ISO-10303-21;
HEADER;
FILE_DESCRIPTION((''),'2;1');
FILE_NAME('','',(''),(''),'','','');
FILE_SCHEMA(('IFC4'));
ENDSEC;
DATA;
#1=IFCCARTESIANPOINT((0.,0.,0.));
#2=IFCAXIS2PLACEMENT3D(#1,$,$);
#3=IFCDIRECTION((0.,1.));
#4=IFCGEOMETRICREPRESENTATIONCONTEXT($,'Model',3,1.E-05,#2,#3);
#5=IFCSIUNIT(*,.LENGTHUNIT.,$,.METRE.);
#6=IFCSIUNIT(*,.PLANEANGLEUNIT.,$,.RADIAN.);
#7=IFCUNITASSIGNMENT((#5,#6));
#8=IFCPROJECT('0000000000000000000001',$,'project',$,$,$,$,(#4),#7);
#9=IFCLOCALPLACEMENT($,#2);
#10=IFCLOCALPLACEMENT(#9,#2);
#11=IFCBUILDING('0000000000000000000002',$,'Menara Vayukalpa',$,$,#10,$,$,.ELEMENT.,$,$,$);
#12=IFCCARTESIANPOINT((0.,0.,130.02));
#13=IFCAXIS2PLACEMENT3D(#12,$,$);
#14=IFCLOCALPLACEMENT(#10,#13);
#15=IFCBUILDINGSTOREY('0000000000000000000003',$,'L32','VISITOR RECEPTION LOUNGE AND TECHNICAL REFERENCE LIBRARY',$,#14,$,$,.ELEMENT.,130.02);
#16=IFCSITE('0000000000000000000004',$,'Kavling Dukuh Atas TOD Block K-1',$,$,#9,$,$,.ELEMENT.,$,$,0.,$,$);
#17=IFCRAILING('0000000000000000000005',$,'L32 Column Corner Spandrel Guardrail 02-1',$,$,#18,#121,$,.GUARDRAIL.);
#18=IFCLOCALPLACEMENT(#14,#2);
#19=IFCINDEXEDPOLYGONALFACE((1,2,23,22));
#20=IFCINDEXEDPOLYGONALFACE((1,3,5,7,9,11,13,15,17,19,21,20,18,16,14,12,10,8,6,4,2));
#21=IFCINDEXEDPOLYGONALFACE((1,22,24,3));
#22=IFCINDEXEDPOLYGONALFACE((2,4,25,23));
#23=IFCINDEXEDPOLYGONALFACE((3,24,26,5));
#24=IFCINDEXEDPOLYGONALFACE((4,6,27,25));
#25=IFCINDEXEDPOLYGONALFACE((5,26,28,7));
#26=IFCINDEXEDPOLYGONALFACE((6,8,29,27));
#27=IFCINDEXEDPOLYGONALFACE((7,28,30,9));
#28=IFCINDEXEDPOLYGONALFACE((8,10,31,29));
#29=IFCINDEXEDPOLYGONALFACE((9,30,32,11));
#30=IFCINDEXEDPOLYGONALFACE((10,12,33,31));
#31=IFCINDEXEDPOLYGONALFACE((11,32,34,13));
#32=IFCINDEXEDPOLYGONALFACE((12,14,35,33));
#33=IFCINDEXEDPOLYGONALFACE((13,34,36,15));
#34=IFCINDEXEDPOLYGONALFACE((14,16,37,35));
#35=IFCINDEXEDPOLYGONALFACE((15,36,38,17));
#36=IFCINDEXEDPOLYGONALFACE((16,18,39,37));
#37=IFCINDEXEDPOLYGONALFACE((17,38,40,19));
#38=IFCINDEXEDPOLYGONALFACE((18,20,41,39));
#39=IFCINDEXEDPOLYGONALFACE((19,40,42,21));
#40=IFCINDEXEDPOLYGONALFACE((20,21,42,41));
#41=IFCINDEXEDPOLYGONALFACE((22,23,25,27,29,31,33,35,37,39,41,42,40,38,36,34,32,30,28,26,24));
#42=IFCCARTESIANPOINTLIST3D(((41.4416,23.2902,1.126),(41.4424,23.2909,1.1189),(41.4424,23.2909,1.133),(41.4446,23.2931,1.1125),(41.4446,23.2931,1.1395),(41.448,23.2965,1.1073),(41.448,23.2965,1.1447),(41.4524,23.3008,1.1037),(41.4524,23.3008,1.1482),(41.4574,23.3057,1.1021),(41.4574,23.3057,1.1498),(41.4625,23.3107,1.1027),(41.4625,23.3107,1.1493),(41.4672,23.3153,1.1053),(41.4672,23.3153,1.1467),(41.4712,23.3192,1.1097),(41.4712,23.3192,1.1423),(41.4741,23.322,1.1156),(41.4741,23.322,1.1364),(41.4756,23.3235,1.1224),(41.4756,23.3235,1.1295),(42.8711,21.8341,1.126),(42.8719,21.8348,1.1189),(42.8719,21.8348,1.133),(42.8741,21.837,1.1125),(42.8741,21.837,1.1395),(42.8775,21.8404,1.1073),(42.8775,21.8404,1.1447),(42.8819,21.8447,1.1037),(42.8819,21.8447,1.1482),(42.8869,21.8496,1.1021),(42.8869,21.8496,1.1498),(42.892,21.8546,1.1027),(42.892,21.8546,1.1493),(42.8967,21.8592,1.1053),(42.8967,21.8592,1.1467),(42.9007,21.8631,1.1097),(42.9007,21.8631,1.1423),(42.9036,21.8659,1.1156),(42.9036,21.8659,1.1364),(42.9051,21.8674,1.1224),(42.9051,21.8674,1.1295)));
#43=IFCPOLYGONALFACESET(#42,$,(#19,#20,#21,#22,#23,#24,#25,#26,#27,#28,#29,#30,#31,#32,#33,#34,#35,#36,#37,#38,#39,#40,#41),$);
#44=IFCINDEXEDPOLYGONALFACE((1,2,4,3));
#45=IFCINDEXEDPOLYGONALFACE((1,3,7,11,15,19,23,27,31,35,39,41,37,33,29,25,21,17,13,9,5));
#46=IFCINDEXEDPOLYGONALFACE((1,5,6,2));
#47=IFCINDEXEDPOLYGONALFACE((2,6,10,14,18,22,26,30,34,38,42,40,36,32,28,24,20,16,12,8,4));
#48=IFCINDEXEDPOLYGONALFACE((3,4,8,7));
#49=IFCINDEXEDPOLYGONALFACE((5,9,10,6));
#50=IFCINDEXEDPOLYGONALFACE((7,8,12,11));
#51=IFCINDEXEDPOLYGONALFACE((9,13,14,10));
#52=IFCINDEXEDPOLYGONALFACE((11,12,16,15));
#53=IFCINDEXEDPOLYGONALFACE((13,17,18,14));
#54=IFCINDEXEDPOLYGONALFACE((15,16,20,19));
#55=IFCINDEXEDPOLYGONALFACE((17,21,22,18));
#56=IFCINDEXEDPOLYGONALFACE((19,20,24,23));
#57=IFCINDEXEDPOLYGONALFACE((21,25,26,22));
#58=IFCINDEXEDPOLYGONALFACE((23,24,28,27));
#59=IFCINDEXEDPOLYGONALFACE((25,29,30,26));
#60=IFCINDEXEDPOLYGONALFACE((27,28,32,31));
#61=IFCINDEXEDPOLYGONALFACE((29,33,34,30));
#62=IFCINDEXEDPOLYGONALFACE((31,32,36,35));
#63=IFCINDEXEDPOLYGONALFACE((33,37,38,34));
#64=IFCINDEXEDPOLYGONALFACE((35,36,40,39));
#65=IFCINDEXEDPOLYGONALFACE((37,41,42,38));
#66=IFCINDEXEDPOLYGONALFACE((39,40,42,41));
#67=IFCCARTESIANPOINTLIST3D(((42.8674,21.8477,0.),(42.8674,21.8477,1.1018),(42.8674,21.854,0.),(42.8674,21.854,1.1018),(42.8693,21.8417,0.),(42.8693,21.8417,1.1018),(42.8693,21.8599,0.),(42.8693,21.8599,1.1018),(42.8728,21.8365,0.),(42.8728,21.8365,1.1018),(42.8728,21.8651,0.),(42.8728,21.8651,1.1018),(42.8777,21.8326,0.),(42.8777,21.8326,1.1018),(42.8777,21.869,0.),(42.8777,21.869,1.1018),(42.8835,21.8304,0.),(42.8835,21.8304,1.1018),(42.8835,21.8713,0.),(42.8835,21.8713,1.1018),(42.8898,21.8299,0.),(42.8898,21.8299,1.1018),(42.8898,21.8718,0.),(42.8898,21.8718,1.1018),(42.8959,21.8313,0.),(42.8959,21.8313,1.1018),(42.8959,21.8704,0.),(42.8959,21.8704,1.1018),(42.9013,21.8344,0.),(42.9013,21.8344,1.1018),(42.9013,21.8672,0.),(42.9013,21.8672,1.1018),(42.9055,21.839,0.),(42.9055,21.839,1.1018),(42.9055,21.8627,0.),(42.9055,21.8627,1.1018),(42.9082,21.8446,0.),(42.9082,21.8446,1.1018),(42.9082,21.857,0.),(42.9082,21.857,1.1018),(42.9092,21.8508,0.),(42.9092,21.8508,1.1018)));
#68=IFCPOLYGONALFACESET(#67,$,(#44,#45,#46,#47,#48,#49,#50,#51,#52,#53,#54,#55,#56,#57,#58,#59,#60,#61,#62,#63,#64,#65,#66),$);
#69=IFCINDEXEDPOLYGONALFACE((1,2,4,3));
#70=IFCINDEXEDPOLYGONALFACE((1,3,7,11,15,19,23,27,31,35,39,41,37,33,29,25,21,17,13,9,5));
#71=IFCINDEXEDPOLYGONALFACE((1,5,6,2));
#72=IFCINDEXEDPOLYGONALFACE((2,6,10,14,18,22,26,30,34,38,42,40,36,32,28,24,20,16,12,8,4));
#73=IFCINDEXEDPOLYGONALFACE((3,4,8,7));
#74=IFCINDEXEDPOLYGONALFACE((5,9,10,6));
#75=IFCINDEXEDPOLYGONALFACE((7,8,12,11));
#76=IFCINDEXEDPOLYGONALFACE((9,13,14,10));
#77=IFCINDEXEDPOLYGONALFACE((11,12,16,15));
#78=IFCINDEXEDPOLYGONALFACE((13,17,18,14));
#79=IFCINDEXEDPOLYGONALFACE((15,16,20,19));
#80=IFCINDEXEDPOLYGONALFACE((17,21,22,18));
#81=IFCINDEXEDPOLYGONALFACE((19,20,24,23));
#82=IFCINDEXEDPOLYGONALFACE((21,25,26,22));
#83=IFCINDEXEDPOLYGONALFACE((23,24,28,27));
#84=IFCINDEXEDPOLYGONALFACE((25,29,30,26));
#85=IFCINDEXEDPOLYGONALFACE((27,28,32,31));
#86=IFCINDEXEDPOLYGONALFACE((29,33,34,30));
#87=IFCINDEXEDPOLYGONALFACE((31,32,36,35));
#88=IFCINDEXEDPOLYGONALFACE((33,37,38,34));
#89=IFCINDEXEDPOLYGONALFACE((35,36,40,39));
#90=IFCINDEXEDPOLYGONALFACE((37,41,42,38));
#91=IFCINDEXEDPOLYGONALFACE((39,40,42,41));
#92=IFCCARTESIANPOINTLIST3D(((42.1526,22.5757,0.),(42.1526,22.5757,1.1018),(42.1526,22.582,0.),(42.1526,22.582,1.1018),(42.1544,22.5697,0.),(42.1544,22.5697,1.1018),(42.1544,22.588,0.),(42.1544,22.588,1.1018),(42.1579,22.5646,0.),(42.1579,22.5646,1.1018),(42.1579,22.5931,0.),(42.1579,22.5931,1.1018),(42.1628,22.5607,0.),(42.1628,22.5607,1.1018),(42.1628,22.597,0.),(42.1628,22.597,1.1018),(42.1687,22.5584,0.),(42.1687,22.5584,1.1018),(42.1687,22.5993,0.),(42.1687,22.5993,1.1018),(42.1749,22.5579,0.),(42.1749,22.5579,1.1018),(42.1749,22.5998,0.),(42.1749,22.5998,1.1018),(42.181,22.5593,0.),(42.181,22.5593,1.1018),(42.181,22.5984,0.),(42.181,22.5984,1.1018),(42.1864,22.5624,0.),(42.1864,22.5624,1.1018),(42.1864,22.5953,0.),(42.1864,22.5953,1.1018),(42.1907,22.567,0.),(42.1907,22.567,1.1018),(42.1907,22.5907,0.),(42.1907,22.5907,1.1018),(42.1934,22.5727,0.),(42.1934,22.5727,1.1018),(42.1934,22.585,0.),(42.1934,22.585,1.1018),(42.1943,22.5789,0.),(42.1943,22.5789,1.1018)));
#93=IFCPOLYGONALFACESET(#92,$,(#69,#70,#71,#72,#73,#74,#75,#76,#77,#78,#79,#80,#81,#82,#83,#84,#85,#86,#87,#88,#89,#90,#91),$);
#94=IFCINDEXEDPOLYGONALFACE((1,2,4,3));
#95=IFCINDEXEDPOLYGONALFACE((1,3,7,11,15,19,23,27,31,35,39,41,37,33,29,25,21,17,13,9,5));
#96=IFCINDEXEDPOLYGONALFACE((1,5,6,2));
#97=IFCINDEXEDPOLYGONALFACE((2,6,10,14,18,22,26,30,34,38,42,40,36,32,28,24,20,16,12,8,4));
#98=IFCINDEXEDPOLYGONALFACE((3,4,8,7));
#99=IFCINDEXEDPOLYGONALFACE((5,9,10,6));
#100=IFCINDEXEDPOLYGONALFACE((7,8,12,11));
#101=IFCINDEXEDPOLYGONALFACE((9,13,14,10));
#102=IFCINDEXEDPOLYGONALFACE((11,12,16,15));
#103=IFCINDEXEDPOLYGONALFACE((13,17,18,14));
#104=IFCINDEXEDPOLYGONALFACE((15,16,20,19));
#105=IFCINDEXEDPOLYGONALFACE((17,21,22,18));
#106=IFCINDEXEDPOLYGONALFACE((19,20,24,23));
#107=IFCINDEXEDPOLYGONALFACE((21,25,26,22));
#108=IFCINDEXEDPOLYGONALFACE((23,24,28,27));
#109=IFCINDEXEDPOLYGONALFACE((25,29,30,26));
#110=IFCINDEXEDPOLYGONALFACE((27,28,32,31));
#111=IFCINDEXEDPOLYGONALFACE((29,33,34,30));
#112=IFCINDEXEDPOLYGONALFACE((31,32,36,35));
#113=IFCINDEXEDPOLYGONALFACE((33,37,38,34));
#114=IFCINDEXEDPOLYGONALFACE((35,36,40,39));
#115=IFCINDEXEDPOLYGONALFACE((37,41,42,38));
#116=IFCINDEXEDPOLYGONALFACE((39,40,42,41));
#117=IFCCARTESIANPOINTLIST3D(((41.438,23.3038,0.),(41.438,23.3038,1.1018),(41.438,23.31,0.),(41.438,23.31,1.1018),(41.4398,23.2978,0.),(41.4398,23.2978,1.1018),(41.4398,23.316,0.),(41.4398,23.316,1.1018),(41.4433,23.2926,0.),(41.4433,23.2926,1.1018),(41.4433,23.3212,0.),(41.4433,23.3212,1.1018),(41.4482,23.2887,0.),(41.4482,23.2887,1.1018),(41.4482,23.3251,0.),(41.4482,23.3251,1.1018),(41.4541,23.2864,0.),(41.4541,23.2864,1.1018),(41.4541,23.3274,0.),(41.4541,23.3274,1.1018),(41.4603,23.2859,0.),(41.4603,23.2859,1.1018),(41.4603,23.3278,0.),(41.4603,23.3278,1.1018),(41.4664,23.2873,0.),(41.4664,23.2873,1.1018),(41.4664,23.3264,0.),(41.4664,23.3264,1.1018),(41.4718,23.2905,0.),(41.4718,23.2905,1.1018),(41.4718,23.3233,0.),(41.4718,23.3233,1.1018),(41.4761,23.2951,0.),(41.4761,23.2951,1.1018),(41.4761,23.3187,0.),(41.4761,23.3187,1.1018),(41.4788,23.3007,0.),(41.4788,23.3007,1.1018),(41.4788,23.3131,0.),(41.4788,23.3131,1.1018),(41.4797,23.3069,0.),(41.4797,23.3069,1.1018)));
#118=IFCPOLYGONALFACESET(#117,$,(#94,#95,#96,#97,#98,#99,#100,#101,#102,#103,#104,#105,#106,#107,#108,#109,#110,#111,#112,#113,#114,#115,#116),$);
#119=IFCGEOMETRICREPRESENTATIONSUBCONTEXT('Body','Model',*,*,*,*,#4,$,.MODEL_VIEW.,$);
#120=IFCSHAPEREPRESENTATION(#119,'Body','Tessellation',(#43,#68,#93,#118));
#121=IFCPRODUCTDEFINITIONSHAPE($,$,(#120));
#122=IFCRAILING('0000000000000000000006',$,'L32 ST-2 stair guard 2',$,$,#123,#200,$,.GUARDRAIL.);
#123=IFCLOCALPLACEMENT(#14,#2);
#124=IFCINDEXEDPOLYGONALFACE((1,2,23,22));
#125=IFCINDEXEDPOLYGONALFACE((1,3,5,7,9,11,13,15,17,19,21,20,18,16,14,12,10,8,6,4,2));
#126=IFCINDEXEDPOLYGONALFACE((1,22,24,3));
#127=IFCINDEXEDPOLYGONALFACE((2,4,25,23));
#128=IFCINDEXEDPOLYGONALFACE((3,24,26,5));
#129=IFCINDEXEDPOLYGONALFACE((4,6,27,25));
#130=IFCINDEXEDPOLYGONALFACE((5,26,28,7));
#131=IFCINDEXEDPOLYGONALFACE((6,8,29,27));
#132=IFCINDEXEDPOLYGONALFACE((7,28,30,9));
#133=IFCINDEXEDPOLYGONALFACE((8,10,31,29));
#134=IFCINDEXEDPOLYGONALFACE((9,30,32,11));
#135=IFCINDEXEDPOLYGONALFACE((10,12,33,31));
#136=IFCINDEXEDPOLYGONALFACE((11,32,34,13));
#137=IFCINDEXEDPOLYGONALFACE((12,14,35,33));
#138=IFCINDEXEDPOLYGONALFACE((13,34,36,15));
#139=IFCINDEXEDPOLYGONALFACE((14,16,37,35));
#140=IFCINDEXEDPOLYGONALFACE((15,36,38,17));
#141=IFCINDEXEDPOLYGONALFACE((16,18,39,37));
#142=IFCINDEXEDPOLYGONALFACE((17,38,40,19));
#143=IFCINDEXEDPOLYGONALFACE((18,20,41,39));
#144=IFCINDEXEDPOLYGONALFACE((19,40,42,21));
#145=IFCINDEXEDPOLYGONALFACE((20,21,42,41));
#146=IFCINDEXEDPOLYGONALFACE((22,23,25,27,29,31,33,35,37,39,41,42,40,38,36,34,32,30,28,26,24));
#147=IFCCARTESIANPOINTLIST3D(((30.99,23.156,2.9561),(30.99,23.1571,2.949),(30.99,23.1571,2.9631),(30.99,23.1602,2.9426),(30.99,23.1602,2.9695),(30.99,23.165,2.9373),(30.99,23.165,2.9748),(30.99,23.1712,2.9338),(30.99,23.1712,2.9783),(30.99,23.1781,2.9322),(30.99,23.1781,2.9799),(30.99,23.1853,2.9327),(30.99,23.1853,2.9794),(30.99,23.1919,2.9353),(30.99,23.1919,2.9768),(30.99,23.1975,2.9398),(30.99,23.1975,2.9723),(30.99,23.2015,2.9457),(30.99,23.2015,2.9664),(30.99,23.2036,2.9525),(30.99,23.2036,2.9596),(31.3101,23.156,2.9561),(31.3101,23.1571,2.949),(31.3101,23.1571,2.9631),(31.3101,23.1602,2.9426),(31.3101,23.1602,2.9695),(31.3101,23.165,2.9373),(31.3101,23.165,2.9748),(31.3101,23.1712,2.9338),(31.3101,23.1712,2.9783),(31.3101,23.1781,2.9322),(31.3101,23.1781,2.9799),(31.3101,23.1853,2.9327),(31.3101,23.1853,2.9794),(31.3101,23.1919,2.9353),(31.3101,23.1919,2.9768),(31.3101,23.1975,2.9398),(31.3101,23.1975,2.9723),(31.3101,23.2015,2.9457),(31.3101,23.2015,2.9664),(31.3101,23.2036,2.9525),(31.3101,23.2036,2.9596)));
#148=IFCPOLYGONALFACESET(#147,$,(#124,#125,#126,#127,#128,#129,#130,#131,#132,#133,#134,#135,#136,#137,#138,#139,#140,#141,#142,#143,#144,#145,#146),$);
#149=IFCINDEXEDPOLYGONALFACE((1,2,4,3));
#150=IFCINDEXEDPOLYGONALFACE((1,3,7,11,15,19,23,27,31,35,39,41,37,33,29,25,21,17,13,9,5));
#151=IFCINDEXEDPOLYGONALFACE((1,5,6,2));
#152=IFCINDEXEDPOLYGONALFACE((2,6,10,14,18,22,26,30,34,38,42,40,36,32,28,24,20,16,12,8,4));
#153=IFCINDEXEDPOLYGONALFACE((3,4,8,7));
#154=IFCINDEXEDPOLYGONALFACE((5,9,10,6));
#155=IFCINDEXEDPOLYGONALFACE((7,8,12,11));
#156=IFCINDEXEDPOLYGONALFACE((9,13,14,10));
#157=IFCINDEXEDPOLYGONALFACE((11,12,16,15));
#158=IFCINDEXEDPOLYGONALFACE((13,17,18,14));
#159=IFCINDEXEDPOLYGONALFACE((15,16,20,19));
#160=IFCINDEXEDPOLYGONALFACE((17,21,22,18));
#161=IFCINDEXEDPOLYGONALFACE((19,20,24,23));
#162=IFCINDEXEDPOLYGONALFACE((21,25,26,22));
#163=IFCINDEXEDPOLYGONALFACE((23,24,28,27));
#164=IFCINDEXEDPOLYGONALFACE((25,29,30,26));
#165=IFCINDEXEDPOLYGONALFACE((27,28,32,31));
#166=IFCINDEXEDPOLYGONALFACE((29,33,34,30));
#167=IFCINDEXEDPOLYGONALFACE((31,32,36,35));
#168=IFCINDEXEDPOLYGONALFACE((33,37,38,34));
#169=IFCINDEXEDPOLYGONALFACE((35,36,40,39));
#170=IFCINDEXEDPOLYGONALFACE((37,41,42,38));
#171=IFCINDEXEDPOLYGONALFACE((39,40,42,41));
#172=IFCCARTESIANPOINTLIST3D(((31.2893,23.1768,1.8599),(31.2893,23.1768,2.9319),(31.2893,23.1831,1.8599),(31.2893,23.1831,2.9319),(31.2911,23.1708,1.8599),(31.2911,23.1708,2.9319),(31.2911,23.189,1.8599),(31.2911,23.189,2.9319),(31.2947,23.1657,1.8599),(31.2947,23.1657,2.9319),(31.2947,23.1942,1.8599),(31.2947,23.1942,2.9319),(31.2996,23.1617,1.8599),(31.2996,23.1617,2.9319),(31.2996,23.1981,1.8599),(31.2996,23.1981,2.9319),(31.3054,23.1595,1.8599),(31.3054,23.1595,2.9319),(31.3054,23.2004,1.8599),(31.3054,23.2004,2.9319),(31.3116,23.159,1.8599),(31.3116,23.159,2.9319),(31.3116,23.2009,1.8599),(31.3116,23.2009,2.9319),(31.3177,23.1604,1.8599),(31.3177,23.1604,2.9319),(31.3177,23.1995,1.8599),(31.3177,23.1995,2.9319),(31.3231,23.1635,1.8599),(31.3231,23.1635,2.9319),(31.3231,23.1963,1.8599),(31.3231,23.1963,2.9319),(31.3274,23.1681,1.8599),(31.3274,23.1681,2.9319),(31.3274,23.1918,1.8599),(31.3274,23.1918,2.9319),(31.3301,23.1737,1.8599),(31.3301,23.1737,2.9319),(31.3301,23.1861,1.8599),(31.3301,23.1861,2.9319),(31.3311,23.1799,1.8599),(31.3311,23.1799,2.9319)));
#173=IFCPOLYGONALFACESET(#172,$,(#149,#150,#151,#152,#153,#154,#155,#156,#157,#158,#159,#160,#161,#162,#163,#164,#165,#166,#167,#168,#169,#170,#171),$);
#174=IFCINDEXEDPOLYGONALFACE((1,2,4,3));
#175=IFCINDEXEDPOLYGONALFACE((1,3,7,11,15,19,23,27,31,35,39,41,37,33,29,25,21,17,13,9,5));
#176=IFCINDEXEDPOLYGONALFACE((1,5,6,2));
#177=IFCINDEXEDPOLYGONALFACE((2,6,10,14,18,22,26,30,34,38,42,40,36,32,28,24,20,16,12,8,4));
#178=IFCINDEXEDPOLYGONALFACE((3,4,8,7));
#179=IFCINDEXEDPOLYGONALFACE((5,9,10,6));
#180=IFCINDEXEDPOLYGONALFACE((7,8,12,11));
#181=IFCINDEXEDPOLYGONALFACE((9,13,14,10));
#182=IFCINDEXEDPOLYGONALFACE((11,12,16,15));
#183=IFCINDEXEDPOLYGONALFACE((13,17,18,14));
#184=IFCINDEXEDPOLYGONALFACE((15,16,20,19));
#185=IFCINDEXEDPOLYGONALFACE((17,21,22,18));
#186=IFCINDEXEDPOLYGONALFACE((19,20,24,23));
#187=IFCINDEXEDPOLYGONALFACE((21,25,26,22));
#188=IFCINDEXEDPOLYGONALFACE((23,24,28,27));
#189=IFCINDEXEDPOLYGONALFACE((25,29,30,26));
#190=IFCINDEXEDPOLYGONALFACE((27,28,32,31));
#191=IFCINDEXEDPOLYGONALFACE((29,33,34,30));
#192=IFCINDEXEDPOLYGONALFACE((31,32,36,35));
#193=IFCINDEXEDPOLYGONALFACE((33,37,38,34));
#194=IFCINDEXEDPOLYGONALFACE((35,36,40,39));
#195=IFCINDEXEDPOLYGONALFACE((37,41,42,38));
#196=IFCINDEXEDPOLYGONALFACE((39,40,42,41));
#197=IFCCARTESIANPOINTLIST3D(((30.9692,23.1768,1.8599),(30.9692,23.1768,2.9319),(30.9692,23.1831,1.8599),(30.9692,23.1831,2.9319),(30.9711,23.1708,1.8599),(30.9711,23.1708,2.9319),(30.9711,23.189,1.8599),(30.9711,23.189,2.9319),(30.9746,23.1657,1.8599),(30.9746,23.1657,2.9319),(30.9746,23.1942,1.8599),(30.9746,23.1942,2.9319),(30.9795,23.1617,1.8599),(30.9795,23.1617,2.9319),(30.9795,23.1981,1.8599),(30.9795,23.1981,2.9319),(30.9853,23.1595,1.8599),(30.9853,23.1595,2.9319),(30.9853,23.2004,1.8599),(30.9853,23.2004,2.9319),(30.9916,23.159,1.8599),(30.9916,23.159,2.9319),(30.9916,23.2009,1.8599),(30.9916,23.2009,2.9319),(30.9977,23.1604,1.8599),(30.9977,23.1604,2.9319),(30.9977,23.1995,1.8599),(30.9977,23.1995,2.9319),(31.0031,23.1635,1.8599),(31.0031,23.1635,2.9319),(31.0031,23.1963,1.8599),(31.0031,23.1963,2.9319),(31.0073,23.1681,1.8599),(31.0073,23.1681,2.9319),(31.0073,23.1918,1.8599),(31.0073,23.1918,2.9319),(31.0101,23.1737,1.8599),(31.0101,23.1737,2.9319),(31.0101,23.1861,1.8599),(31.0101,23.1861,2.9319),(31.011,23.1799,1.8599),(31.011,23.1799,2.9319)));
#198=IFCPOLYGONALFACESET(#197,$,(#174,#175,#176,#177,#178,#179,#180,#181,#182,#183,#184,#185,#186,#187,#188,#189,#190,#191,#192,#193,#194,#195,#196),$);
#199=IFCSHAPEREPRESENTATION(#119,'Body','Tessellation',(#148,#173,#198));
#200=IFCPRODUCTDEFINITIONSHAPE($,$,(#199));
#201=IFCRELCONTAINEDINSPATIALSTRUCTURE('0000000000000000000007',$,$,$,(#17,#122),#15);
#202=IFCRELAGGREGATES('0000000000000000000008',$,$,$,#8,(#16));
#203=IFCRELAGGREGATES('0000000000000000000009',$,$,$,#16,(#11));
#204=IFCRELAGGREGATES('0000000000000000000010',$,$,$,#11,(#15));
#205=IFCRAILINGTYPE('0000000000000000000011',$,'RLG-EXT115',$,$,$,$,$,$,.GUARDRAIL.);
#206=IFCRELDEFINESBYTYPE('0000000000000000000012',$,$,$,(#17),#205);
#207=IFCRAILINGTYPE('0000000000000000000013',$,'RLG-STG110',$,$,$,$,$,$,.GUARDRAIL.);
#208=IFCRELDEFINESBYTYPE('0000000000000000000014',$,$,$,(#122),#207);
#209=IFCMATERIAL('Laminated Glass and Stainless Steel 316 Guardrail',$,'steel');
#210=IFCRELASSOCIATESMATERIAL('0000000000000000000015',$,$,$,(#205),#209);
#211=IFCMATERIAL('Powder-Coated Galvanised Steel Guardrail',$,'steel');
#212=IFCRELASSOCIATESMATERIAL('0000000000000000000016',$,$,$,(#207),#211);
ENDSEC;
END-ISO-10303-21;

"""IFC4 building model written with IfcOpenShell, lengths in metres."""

from ifc_helpers import new_model, si_unit, direction, frame, origin, origin_2d, place, context, subcontext, project, spatial, circle, extrude, material, type_object, element, save


model = new_model("IFC4")

# Units and contexts
model_context = context("Model", 3, precision=1e-05, world=origin(), true_north=direction((0.0, 1.0)))
body_context = subcontext(model_context, "Body", "Model", "MODEL_VIEW")
ifc_project = project(units=[si_unit("LENGTHUNIT", "METRE"), si_unit("PLANEANGLEUNIT", "RADIAN")], contexts=[model_context])

# Site, building, storey
site_placement = place(None, origin())
site = spatial("IfcSite", under=ifc_project, at=site_placement, Name="Kavling Dukuh Atas TOD Block K-1", CompositionType="ELEMENT", RefElevation=0.0)
building_placement = place(site_placement, origin())
building = spatial("IfcBuilding", under=site, at=building_placement, Name="Menara Vayukalpa", CompositionType="ELEMENT")
storey_placement = place(building_placement, frame((0.0, 0.0, 130.02)))
storey = spatial("IfcBuildingStorey", under=building, at=storey_placement, Name="L32", Description="VISITOR RECEPTION LOUNGE AND TECHNICAL REFERENCE LIBRARY", CompositionType="ELEMENT", Elevation=130.02)

# Railings
ifc_material_1 = material(Name="Laminated Glass and Stainless Steel 316 Guardrail", Category="steel")
railing_type_1 = type_object("IfcRailingType", Name="RLG-EXT115", PredefinedType="GUARDRAIL", material=ifc_material_1)
railing_1_placement = place(storey_placement, frame((42.8882, 21.8508, 0.0)))
element("IfcRailing", 1, at=railing_1_placement, inside=storey, type_object=railing_type_1, Name="L32 Column Corner Spandrel Guardrail 02-1", PredefinedType="GUARDRAIL", context=body_context, shape_type="SweptSolid", body=[
    extrude(circle(Radius=0.0239, at=origin_2d()), frame((0.0, 0.0, 1.126), z_axis=(-0.700556, 0.713598, 0.0), x_axis=(-0.713598, -0.700556, 0.0)), (0.0, 0.0, 1.0), 2.0405),
    extrude(circle(Radius=0.021, at=origin_2d()), origin(), (0.0, 0.0, 1.0), 1.1018),
    extrude(circle(Radius=0.021, at=origin_2d()), frame((-0.7148, 0.728, 0.0)), (0.0, 0.0, 1.0), 1.1018),
    extrude(circle(Radius=0.021, at=origin_2d()), frame((-1.4294, 1.4561, 0.0)), (0.0, 0.0, 1.0), 1.1018),
])
ifc_material_2 = material(Name="Powder-Coated Galvanised Steel Guardrail", Category="steel")
railing_type_2 = type_object("IfcRailingType", Name="RLG-STG110", PredefinedType="GUARDRAIL", material=ifc_material_2)
railing_2_placement = place(storey_placement, frame((31.3101, 23.1799, 1.8599)))
element("IfcRailing", 2, at=railing_2_placement, inside=storey, type_object=railing_type_2, Name="L32 ST-2 stair guard 2", PredefinedType="GUARDRAIL", context=body_context, shape_type="SweptSolid", body=[
    extrude(circle(Radius=0.0239, at=origin_2d()), frame((0.0, 0.0, 1.0962), z_axis=(-1.0, 0.0, 0.0), x_axis=(0.0, -1.0, 0.0)), (0.0, 0.0, 1.0), 0.3201),
    extrude(circle(Radius=0.021, at=origin_2d()), origin(), (0.0, 0.0, 1.0), 1.072),
    extrude(circle(Radius=0.021, at=origin_2d()), frame((-0.3201, 0.0, 0.0)), (0.0, 0.0, 1.0), 1.072),
])

save(model, "model.ifc")
